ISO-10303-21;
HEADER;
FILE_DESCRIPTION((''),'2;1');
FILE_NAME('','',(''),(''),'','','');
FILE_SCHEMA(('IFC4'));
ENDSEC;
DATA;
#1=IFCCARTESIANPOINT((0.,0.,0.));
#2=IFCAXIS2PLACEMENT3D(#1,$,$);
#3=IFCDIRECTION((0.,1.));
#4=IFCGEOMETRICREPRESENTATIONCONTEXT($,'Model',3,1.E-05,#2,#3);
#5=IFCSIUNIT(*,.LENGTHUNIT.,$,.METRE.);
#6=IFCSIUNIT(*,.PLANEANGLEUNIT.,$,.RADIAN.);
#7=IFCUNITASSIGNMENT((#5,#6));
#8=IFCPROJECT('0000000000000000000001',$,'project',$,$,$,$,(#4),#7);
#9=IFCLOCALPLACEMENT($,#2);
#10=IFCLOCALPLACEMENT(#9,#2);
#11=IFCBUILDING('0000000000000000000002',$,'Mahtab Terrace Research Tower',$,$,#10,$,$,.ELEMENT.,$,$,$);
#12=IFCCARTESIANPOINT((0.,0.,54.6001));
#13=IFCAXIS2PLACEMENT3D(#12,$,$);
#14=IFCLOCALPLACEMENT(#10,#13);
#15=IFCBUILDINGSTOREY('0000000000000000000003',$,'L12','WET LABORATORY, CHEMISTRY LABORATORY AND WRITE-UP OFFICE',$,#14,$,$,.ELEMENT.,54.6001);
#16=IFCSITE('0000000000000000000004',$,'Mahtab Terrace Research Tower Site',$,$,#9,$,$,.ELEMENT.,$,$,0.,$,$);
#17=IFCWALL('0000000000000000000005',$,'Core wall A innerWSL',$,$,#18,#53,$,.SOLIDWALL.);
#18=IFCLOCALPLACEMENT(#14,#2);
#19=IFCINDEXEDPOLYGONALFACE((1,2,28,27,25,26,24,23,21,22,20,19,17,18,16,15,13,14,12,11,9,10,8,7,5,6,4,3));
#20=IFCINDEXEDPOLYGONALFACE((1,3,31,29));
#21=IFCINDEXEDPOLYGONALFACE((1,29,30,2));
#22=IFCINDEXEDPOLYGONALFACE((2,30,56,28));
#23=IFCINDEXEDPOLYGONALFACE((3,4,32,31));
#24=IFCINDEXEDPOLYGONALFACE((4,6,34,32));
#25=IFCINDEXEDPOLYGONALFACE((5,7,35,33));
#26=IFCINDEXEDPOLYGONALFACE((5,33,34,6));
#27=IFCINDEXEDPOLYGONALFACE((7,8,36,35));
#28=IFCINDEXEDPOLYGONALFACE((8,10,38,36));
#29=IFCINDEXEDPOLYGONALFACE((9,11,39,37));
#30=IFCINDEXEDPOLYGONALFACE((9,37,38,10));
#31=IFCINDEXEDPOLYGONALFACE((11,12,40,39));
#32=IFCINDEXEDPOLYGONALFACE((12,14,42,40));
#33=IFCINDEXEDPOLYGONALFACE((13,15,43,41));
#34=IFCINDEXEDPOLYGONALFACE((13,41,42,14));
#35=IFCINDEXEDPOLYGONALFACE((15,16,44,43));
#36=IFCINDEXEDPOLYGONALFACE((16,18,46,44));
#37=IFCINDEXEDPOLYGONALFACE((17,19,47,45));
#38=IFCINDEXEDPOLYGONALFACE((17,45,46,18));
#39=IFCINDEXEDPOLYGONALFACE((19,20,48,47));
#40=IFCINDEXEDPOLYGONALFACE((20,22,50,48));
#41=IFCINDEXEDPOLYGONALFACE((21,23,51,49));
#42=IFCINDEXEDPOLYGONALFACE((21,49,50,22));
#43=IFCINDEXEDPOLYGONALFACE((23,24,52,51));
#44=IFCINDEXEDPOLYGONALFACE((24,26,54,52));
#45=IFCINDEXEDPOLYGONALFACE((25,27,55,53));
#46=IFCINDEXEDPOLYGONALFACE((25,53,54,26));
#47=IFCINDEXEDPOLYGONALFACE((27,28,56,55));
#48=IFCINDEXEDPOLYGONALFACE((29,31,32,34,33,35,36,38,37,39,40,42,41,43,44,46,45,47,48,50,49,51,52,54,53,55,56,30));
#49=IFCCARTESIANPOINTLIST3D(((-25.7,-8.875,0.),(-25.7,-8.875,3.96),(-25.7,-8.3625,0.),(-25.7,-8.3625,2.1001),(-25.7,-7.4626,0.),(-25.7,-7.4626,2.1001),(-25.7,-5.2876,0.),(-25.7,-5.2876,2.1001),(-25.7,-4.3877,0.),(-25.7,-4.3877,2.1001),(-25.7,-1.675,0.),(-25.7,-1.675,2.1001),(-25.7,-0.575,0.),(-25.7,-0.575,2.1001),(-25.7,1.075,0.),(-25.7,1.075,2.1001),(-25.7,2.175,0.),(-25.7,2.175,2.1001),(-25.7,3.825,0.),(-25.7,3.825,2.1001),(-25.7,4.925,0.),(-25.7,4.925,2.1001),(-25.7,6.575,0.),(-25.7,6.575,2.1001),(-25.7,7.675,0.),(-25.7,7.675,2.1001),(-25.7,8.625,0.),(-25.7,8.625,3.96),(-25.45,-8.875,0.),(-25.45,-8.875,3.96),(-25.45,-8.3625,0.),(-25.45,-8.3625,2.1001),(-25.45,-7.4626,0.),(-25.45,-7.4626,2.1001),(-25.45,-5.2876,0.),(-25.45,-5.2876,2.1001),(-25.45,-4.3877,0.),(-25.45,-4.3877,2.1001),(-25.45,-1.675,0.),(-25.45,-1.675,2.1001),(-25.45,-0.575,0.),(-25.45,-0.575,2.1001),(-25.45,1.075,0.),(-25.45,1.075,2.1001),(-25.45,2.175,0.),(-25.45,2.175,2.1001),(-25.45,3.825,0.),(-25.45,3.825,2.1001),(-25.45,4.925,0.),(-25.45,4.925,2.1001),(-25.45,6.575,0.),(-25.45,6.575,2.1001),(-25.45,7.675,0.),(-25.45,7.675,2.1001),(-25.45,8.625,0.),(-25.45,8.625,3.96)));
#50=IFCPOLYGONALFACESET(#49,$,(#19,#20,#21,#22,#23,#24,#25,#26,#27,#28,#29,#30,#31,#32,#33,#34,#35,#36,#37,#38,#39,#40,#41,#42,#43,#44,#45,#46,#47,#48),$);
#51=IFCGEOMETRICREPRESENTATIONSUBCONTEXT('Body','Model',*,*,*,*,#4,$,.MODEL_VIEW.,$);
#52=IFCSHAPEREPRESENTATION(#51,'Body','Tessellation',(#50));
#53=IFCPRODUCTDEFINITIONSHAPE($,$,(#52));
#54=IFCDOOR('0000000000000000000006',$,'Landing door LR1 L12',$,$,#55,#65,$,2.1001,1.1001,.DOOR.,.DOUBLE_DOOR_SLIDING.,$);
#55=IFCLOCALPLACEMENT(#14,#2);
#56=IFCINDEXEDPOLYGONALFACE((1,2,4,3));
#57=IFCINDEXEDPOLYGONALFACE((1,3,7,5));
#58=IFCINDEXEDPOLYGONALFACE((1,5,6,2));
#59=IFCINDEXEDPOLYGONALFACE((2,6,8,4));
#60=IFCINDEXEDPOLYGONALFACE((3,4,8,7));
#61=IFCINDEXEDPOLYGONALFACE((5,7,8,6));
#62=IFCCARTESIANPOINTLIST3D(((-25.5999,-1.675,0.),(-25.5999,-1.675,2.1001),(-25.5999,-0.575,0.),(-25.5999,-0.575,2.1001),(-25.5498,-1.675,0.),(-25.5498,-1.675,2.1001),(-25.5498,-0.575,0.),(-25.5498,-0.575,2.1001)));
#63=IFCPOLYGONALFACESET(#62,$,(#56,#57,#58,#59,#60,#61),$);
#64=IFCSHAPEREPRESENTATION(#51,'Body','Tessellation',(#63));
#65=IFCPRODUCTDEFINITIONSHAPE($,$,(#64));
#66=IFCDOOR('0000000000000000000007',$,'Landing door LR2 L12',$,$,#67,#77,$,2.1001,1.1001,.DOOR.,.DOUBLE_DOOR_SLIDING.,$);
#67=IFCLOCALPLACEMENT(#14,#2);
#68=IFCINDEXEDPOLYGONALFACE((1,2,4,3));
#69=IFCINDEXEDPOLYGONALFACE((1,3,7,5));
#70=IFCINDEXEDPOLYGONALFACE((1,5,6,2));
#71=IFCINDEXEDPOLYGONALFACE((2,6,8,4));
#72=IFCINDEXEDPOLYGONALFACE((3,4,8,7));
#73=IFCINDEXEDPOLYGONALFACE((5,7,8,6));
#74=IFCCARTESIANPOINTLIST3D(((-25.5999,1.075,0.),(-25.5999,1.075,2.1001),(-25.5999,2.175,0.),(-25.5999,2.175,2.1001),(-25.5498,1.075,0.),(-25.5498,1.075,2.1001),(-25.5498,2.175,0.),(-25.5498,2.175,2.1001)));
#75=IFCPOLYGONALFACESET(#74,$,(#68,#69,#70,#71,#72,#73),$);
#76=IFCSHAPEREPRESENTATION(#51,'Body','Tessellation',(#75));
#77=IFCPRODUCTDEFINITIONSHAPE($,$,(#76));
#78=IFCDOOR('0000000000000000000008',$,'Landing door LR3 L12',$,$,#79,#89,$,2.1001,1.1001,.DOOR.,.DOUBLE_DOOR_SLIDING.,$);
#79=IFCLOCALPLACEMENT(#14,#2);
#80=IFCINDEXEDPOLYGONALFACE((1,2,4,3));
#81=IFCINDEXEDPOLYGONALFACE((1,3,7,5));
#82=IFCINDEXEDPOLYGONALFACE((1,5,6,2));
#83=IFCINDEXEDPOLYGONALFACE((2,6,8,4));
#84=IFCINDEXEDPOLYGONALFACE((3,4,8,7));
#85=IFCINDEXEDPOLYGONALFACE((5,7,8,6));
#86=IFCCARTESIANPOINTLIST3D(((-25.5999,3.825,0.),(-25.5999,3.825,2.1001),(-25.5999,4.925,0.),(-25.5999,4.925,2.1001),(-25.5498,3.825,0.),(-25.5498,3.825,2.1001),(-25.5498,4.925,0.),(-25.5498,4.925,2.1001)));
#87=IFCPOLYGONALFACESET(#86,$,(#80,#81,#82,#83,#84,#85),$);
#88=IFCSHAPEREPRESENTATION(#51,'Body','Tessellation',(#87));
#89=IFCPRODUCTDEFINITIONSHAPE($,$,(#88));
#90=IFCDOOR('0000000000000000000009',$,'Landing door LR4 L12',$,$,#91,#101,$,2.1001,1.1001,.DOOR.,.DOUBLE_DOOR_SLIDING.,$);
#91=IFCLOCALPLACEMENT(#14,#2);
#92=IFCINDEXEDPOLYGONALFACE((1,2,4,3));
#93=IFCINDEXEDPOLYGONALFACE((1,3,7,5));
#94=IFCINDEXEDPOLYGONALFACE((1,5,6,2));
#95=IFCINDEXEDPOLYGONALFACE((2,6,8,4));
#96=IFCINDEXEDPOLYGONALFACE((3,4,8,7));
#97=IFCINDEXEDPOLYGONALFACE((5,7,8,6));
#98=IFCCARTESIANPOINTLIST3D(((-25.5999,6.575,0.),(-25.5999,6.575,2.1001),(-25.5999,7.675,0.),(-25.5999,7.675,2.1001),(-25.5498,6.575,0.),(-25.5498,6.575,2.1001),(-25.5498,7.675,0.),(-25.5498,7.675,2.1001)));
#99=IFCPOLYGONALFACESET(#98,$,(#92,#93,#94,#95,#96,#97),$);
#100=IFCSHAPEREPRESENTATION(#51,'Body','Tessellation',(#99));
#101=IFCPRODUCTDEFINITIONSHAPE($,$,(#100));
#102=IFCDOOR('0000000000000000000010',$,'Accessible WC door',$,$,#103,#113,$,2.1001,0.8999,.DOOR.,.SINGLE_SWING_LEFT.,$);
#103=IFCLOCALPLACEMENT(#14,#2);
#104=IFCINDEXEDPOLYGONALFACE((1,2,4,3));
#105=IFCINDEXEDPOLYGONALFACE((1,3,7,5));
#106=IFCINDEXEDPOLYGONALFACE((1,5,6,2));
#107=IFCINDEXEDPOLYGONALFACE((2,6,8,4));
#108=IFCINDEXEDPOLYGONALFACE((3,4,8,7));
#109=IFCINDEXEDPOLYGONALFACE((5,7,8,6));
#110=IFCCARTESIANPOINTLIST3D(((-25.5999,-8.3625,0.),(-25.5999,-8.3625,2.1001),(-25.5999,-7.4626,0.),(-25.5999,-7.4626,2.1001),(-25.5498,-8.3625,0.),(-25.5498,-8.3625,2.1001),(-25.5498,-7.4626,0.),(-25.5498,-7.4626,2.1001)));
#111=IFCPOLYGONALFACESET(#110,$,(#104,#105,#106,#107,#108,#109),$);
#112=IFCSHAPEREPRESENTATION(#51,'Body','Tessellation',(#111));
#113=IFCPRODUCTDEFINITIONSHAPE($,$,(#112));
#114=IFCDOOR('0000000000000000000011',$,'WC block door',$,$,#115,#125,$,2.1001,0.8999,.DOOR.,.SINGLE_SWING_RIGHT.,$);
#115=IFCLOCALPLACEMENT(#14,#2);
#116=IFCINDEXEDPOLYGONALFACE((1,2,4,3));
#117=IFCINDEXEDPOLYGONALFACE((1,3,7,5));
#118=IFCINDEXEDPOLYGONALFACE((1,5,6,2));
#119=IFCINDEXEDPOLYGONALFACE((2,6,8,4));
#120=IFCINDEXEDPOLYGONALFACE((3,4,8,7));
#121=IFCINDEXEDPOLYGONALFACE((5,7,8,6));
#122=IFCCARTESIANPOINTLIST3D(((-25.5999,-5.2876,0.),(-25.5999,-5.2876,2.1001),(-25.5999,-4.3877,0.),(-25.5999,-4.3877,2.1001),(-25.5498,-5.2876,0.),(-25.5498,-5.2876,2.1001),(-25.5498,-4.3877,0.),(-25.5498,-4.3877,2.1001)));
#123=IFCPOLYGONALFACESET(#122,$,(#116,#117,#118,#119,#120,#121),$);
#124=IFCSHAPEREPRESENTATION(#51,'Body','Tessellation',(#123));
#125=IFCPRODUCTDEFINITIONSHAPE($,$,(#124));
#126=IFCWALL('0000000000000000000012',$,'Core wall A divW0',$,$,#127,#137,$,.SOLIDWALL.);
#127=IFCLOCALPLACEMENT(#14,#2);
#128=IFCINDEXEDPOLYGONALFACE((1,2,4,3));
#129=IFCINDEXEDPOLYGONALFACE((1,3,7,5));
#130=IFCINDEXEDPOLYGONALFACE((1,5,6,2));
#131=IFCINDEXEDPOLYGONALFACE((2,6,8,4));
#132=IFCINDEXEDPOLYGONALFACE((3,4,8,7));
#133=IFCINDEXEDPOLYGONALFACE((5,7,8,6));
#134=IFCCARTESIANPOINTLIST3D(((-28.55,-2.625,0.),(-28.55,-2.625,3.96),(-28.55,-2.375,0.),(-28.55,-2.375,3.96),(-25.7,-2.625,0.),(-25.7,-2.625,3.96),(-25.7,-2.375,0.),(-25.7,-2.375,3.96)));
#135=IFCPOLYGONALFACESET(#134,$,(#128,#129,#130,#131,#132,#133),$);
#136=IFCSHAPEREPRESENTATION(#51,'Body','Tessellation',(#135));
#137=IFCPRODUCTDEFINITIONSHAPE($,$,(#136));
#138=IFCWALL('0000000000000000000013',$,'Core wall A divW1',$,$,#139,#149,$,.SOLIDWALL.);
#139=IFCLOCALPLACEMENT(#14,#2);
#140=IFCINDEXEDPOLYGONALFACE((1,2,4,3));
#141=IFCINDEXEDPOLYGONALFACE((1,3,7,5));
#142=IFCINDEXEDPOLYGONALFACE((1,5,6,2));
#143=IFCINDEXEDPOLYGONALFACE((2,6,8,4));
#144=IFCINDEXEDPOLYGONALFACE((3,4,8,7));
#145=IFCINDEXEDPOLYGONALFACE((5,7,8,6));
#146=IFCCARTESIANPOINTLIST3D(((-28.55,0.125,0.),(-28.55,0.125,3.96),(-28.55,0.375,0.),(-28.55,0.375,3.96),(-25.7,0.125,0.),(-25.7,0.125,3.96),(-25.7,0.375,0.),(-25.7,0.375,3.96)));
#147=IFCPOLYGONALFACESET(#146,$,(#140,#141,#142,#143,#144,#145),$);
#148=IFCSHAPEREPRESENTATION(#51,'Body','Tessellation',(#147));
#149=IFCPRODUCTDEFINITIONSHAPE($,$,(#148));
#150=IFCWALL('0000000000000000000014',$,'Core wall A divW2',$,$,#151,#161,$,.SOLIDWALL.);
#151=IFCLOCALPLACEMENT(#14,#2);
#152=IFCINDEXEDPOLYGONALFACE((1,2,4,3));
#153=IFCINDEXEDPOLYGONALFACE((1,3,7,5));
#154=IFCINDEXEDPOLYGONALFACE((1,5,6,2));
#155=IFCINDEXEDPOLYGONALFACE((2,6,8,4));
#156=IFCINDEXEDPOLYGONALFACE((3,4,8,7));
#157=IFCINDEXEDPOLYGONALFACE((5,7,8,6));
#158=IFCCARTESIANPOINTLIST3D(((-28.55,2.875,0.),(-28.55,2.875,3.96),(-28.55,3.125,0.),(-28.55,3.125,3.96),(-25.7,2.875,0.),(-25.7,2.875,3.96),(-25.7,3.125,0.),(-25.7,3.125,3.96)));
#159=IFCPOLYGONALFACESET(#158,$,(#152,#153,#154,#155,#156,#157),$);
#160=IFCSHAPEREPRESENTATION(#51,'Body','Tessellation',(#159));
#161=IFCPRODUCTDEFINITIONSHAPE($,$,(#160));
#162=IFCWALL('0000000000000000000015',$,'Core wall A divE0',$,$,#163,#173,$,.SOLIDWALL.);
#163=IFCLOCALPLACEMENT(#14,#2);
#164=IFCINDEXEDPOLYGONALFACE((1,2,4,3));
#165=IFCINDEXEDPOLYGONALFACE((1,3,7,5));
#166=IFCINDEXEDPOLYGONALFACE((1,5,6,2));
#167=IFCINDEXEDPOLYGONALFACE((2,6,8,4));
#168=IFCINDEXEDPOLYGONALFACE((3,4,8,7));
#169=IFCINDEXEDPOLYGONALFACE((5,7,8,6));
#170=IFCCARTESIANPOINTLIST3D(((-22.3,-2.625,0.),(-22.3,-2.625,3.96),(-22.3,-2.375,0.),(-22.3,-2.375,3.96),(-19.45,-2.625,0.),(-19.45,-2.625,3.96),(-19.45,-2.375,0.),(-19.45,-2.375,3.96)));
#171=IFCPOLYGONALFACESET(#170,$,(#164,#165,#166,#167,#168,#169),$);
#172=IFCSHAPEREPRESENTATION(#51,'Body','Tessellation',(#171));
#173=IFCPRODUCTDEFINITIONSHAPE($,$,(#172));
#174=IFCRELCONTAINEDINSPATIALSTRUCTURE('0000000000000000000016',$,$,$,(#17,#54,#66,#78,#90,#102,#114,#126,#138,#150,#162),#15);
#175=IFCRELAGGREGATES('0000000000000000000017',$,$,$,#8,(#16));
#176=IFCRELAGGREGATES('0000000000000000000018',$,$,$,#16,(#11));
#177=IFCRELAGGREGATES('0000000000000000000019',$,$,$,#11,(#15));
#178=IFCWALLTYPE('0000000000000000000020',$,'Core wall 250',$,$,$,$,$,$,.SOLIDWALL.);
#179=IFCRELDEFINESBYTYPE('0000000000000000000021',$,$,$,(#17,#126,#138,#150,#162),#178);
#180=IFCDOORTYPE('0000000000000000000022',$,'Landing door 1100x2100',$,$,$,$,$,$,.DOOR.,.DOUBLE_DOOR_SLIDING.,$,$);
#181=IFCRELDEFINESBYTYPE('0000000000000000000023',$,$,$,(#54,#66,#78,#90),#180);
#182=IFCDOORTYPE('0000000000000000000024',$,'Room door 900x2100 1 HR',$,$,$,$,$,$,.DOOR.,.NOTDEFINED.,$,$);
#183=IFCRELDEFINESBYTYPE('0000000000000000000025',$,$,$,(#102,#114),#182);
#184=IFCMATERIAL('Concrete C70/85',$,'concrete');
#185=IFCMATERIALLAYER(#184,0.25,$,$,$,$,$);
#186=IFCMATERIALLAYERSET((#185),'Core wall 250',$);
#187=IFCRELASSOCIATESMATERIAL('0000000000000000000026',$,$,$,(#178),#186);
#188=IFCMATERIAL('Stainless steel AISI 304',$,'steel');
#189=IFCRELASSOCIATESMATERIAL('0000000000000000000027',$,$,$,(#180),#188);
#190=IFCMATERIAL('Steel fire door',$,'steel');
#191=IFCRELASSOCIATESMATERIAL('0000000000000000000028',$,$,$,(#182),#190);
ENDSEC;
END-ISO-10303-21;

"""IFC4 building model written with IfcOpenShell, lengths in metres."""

from ifc_helpers import new_model, si_unit, direction, frame, frame_2d, origin, place, context, subcontext, project, spatial, rectangle, extrude, material, layer, layer_set, type_object, element, fill, save


model = new_model("IFC4")

# Units and contexts
model_context = context("Model", 3, precision=1e-05, world=origin(), true_north=direction((0.0, 1.0)))
body_context = subcontext(model_context, "Body", "Model", "MODEL_VIEW")
ifc_project = project(units=[si_unit("LENGTHUNIT", "METRE"), si_unit("PLANEANGLEUNIT", "RADIAN")], contexts=[model_context])

# Site, building, storey
site_placement = place(None, origin())
site = spatial("IfcSite", under=ifc_project, at=site_placement, Name="Mahtab Terrace Research Tower Site", CompositionType="ELEMENT", RefElevation=0.0)
building_placement = place(site_placement, origin())
building = spatial("IfcBuilding", under=site, at=building_placement, Name="Mahtab Terrace Research Tower", CompositionType="ELEMENT")
storey_placement = place(building_placement, frame((0.0, 0.0, 54.6001)))
storey = spatial("IfcBuildingStorey", under=building, at=storey_placement, Name="L12", Description="WET LABORATORY, CHEMISTRY LABORATORY AND WRITE-UP OFFICE", CompositionType="ELEMENT", Elevation=54.6001)

# Shared definitions
ifc_material_1 = material(Name="Concrete C70/85", Category="concrete")

# Shared definitions
ifc_layer_1 = layer(ifc_material_1, 0.25)
ifc_layer_set_1 = layer_set([ifc_layer_1], Name="Core wall 250")
wall_type_1 = type_object("IfcWallType", Name="Core wall 250", PredefinedType="SOLIDWALL", material=ifc_layer_set_1)

# Shared definitions
ifc_material_2 = material(Name="Steel fire door", Category="steel")

# Wall, openings, doors
wall_1_placement = place(storey_placement, frame((-25.575, -8.875, 0.0), z_axis=(0.0, 0.0, 1.0), x_axis=(0.0, 1.0, 0.0)))
wall_1 = element("IfcWall", 1, at=wall_1_placement, inside=storey, type_object=wall_type_1, Name="Core wall A innerWSL", PredefinedType="SOLIDWALL", context=body_context, shape_type="SweptSolid", body=[
    extrude(rectangle(XDim=17.5, YDim=0.25, at=frame_2d((8.75, 0.0))), origin(), (0.0, 0.0, 1.0), 3.96),
])
opening_1_placement = place(wall_1_placement, frame((7.2, 0.0, 0.0)))
opening_1 = element("IfcOpeningElement", 2, at=opening_1_placement, cuts=wall_1, PredefinedType="OPENING", context=body_context, shape_type="SweptSolid", body=[
    extrude(rectangle(XDim=1.1001, YDim=2.1001, at=frame_2d((0.55, 1.05))), frame((0.0, 0.135, 0.0), z_axis=(0.0, -1.0, 0.0), x_axis=(1.0, 0.0, 0.0)), (0.0, 0.0, 1.0), 0.27),
])
opening_2_placement = place(wall_1_placement, frame((9.95, 0.0, 0.0)))
opening_2 = element("IfcOpeningElement", 3, at=opening_2_placement, cuts=wall_1, PredefinedType="OPENING", context=body_context, shape_type="SweptSolid", body=[
    extrude(rectangle(XDim=1.1001, YDim=2.1001, at=frame_2d((0.55, 1.05))), frame((0.0, 0.135, 0.0), z_axis=(0.0, -1.0, 0.0), x_axis=(1.0, 0.0, 0.0)), (0.0, 0.0, 1.0), 0.27),
])
opening_3_placement = place(wall_1_placement, frame((12.7, 0.0, 0.0)))
opening_3 = element("IfcOpeningElement", 4, at=opening_3_placement, cuts=wall_1, PredefinedType="OPENING", context=body_context, shape_type="SweptSolid", body=[
    extrude(rectangle(XDim=1.1001, YDim=2.1001, at=frame_2d((0.55, 1.05))), frame((0.0, 0.135, 0.0), z_axis=(0.0, -1.0, 0.0), x_axis=(1.0, 0.0, 0.0)), (0.0, 0.0, 1.0), 0.27),
])
opening_4_placement = place(wall_1_placement, frame((15.45, 0.0, 0.0)))
opening_4 = element("IfcOpeningElement", 5, at=opening_4_placement, cuts=wall_1, PredefinedType="OPENING", context=body_context, shape_type="SweptSolid", body=[
    extrude(rectangle(XDim=1.1001, YDim=2.1001, at=frame_2d((0.55, 1.05))), frame((0.0, 0.135, 0.0), z_axis=(0.0, -1.0, 0.0), x_axis=(1.0, 0.0, 0.0)), (0.0, 0.0, 1.0), 0.27),
])
opening_5_placement = place(wall_1_placement, frame((0.5125, 0.0, 0.0)))
opening_5 = element("IfcOpeningElement", 6, at=opening_5_placement, cuts=wall_1, PredefinedType="OPENING", context=body_context, shape_type="SweptSolid", body=[
    extrude(rectangle(XDim=0.8999, YDim=2.1001, at=frame_2d((0.45, 1.05))), frame((0.0, 0.135, 0.0), z_axis=(0.0, -1.0, 0.0), x_axis=(1.0, 0.0, 0.0)), (0.0, 0.0, 1.0), 0.27),
])
opening_6_placement = place(wall_1_placement, frame((3.5874, 0.0, 0.0)))
opening_6 = element("IfcOpeningElement", 7, at=opening_6_placement, cuts=wall_1, PredefinedType="OPENING", context=body_context, shape_type="SweptSolid", body=[
    extrude(rectangle(XDim=0.8999, YDim=2.1001, at=frame_2d((0.45, 1.05))), frame((0.0, 0.135, 0.0), z_axis=(0.0, -1.0, 0.0), x_axis=(1.0, 0.0, 0.0)), (0.0, 0.0, 1.0), 0.27),
])
ifc_material_3 = material(Name="Stainless steel AISI 304", Category="steel")
door_type_1 = type_object("IfcDoorType", Name="Landing door 1100x2100", OperationType="DOUBLE_DOOR_SLIDING", PredefinedType="DOOR", material=ifc_material_3)
door_1_placement = place(opening_1_placement, origin())
door_1 = element("IfcDoor", 8, at=door_1_placement, inside=storey, type_object=door_type_1, Name="Landing door LR1 L12", OperationType="DOUBLE_DOOR_SLIDING", OverallHeight=2.1001, OverallWidth=1.1001, PredefinedType="DOOR", context=body_context, shape_type="SweptSolid", body=[
    extrude(rectangle(XDim=1.1001, YDim=2.1001, at=frame_2d((0.55, 1.05))), frame((0.0, 0.0249, 0.0), z_axis=(0.0, -1.0, 0.0), x_axis=(1.0, 0.0, 0.0)), (0.0, 0.0, 1.0), 0.05),
])
fill(opening_1, door_1)
door_2_placement = place(opening_2_placement, origin())
door_2 = element("IfcDoor", 9, at=door_2_placement, inside=storey, type_object=door_type_1, Name="Landing door LR2 L12", OperationType="DOUBLE_DOOR_SLIDING", OverallHeight=2.1001, OverallWidth=1.1001, PredefinedType="DOOR", context=body_context, shape_type="SweptSolid", body=[
    extrude(rectangle(XDim=1.1001, YDim=2.1001, at=frame_2d((0.55, 1.05))), frame((0.0, 0.0249, 0.0), z_axis=(0.0, -1.0, 0.0), x_axis=(1.0, 0.0, 0.0)), (0.0, 0.0, 1.0), 0.05),
])
fill(opening_2, door_2)
door_3_placement = place(opening_3_placement, origin())
door_3 = element("IfcDoor", 10, at=door_3_placement, inside=storey, type_object=door_type_1, Name="Landing door LR3 L12", OperationType="DOUBLE_DOOR_SLIDING", OverallHeight=2.1001, OverallWidth=1.1001, PredefinedType="DOOR", context=body_context, shape_type="SweptSolid", body=[
    extrude(rectangle(XDim=1.1001, YDim=2.1001, at=frame_2d((0.55, 1.05))), frame((0.0, 0.0249, 0.0), z_axis=(0.0, -1.0, 0.0), x_axis=(1.0, 0.0, 0.0)), (0.0, 0.0, 1.0), 0.05),
])
fill(opening_3, door_3)
door_4_placement = place(opening_4_placement, origin())
door_4 = element("IfcDoor", 11, at=door_4_placement, inside=storey, type_object=door_type_1, Name="Landing door LR4 L12", OperationType="DOUBLE_DOOR_SLIDING", OverallHeight=2.1001, OverallWidth=1.1001, PredefinedType="DOOR", context=body_context, shape_type="SweptSolid", body=[
    extrude(rectangle(XDim=1.1001, YDim=2.1001, at=frame_2d((0.55, 1.05))), frame((0.0, 0.0249, 0.0), z_axis=(0.0, -1.0, 0.0), x_axis=(1.0, 0.0, 0.0)), (0.0, 0.0, 1.0), 0.05),
])
fill(opening_4, door_4)
door_type_2 = type_object("IfcDoorType", Name="Room door 900x2100 1 HR", OperationType="NOTDEFINED", PredefinedType="DOOR", material=ifc_material_2)
door_5_placement = place(opening_5_placement, origin())
door_5 = element("IfcDoor", 12, at=door_5_placement, inside=storey, type_object=door_type_2, Name="Accessible WC door", OperationType="SINGLE_SWING_LEFT", OverallHeight=2.1001, OverallWidth=0.8999, PredefinedType="DOOR", context=body_context, shape_type="SweptSolid", body=[
    extrude(rectangle(XDim=0.8999, YDim=2.1001, at=frame_2d((0.45, 1.05))), frame((0.0, 0.0249, 0.0), z_axis=(0.0, -1.0, 0.0), x_axis=(1.0, 0.0, 0.0)), (0.0, 0.0, 1.0), 0.05),
])
fill(opening_5, door_5)
door_6_placement = place(opening_6_placement, origin())
door_6 = element("IfcDoor", 13, at=door_6_placement, inside=storey, type_object=door_type_2, Name="WC block door", OperationType="SINGLE_SWING_RIGHT", OverallHeight=2.1001, OverallWidth=0.8999, PredefinedType="DOOR", context=body_context, shape_type="SweptSolid", body=[
    extrude(rectangle(XDim=0.8999, YDim=2.1001, at=frame_2d((0.45, 1.05))), frame((0.0, 0.0249, 0.0), z_axis=(0.0, -1.0, 0.0), x_axis=(1.0, 0.0, 0.0)), (0.0, 0.0, 1.0), 0.05),
])
fill(opening_6, door_6)

# Walls
for number, where, z_axis, x_axis, name in (
    (14, (-28.55, -2.5, 0.0), (0.0, 0.0, 1.0), (1.0, 0.0, 0.0), "Core wall A divW0"),
    (15, (-28.55, 0.25, 0.0), (0.0, 0.0, 1.0), (1.0, 0.0, 0.0), "Core wall A divW1"),
    (16, (-28.55, 3.0, 0.0), (0.0, 0.0, 1.0), (1.0, 0.0, 0.0), "Core wall A divW2"),
    (17, (-22.3, -2.5, 0.0), (0.0, 0.0, 1.0), (1.0, 0.0, 0.0), "Core wall A divE0"),
):
    element("IfcWall", number, at=place(storey_placement, frame(where, z_axis=z_axis, x_axis=x_axis)), inside=storey, type_object=wall_type_1, Name=name, PredefinedType="SOLIDWALL", context=body_context, shape_type="SweptSolid", body=[
        extrude(rectangle(XDim=2.8501, YDim=0.25, at=frame_2d((1.425, 0.0))), origin(), (0.0, 0.0, 1.0), 3.96),
    ])

save(model, "model.ifc")
